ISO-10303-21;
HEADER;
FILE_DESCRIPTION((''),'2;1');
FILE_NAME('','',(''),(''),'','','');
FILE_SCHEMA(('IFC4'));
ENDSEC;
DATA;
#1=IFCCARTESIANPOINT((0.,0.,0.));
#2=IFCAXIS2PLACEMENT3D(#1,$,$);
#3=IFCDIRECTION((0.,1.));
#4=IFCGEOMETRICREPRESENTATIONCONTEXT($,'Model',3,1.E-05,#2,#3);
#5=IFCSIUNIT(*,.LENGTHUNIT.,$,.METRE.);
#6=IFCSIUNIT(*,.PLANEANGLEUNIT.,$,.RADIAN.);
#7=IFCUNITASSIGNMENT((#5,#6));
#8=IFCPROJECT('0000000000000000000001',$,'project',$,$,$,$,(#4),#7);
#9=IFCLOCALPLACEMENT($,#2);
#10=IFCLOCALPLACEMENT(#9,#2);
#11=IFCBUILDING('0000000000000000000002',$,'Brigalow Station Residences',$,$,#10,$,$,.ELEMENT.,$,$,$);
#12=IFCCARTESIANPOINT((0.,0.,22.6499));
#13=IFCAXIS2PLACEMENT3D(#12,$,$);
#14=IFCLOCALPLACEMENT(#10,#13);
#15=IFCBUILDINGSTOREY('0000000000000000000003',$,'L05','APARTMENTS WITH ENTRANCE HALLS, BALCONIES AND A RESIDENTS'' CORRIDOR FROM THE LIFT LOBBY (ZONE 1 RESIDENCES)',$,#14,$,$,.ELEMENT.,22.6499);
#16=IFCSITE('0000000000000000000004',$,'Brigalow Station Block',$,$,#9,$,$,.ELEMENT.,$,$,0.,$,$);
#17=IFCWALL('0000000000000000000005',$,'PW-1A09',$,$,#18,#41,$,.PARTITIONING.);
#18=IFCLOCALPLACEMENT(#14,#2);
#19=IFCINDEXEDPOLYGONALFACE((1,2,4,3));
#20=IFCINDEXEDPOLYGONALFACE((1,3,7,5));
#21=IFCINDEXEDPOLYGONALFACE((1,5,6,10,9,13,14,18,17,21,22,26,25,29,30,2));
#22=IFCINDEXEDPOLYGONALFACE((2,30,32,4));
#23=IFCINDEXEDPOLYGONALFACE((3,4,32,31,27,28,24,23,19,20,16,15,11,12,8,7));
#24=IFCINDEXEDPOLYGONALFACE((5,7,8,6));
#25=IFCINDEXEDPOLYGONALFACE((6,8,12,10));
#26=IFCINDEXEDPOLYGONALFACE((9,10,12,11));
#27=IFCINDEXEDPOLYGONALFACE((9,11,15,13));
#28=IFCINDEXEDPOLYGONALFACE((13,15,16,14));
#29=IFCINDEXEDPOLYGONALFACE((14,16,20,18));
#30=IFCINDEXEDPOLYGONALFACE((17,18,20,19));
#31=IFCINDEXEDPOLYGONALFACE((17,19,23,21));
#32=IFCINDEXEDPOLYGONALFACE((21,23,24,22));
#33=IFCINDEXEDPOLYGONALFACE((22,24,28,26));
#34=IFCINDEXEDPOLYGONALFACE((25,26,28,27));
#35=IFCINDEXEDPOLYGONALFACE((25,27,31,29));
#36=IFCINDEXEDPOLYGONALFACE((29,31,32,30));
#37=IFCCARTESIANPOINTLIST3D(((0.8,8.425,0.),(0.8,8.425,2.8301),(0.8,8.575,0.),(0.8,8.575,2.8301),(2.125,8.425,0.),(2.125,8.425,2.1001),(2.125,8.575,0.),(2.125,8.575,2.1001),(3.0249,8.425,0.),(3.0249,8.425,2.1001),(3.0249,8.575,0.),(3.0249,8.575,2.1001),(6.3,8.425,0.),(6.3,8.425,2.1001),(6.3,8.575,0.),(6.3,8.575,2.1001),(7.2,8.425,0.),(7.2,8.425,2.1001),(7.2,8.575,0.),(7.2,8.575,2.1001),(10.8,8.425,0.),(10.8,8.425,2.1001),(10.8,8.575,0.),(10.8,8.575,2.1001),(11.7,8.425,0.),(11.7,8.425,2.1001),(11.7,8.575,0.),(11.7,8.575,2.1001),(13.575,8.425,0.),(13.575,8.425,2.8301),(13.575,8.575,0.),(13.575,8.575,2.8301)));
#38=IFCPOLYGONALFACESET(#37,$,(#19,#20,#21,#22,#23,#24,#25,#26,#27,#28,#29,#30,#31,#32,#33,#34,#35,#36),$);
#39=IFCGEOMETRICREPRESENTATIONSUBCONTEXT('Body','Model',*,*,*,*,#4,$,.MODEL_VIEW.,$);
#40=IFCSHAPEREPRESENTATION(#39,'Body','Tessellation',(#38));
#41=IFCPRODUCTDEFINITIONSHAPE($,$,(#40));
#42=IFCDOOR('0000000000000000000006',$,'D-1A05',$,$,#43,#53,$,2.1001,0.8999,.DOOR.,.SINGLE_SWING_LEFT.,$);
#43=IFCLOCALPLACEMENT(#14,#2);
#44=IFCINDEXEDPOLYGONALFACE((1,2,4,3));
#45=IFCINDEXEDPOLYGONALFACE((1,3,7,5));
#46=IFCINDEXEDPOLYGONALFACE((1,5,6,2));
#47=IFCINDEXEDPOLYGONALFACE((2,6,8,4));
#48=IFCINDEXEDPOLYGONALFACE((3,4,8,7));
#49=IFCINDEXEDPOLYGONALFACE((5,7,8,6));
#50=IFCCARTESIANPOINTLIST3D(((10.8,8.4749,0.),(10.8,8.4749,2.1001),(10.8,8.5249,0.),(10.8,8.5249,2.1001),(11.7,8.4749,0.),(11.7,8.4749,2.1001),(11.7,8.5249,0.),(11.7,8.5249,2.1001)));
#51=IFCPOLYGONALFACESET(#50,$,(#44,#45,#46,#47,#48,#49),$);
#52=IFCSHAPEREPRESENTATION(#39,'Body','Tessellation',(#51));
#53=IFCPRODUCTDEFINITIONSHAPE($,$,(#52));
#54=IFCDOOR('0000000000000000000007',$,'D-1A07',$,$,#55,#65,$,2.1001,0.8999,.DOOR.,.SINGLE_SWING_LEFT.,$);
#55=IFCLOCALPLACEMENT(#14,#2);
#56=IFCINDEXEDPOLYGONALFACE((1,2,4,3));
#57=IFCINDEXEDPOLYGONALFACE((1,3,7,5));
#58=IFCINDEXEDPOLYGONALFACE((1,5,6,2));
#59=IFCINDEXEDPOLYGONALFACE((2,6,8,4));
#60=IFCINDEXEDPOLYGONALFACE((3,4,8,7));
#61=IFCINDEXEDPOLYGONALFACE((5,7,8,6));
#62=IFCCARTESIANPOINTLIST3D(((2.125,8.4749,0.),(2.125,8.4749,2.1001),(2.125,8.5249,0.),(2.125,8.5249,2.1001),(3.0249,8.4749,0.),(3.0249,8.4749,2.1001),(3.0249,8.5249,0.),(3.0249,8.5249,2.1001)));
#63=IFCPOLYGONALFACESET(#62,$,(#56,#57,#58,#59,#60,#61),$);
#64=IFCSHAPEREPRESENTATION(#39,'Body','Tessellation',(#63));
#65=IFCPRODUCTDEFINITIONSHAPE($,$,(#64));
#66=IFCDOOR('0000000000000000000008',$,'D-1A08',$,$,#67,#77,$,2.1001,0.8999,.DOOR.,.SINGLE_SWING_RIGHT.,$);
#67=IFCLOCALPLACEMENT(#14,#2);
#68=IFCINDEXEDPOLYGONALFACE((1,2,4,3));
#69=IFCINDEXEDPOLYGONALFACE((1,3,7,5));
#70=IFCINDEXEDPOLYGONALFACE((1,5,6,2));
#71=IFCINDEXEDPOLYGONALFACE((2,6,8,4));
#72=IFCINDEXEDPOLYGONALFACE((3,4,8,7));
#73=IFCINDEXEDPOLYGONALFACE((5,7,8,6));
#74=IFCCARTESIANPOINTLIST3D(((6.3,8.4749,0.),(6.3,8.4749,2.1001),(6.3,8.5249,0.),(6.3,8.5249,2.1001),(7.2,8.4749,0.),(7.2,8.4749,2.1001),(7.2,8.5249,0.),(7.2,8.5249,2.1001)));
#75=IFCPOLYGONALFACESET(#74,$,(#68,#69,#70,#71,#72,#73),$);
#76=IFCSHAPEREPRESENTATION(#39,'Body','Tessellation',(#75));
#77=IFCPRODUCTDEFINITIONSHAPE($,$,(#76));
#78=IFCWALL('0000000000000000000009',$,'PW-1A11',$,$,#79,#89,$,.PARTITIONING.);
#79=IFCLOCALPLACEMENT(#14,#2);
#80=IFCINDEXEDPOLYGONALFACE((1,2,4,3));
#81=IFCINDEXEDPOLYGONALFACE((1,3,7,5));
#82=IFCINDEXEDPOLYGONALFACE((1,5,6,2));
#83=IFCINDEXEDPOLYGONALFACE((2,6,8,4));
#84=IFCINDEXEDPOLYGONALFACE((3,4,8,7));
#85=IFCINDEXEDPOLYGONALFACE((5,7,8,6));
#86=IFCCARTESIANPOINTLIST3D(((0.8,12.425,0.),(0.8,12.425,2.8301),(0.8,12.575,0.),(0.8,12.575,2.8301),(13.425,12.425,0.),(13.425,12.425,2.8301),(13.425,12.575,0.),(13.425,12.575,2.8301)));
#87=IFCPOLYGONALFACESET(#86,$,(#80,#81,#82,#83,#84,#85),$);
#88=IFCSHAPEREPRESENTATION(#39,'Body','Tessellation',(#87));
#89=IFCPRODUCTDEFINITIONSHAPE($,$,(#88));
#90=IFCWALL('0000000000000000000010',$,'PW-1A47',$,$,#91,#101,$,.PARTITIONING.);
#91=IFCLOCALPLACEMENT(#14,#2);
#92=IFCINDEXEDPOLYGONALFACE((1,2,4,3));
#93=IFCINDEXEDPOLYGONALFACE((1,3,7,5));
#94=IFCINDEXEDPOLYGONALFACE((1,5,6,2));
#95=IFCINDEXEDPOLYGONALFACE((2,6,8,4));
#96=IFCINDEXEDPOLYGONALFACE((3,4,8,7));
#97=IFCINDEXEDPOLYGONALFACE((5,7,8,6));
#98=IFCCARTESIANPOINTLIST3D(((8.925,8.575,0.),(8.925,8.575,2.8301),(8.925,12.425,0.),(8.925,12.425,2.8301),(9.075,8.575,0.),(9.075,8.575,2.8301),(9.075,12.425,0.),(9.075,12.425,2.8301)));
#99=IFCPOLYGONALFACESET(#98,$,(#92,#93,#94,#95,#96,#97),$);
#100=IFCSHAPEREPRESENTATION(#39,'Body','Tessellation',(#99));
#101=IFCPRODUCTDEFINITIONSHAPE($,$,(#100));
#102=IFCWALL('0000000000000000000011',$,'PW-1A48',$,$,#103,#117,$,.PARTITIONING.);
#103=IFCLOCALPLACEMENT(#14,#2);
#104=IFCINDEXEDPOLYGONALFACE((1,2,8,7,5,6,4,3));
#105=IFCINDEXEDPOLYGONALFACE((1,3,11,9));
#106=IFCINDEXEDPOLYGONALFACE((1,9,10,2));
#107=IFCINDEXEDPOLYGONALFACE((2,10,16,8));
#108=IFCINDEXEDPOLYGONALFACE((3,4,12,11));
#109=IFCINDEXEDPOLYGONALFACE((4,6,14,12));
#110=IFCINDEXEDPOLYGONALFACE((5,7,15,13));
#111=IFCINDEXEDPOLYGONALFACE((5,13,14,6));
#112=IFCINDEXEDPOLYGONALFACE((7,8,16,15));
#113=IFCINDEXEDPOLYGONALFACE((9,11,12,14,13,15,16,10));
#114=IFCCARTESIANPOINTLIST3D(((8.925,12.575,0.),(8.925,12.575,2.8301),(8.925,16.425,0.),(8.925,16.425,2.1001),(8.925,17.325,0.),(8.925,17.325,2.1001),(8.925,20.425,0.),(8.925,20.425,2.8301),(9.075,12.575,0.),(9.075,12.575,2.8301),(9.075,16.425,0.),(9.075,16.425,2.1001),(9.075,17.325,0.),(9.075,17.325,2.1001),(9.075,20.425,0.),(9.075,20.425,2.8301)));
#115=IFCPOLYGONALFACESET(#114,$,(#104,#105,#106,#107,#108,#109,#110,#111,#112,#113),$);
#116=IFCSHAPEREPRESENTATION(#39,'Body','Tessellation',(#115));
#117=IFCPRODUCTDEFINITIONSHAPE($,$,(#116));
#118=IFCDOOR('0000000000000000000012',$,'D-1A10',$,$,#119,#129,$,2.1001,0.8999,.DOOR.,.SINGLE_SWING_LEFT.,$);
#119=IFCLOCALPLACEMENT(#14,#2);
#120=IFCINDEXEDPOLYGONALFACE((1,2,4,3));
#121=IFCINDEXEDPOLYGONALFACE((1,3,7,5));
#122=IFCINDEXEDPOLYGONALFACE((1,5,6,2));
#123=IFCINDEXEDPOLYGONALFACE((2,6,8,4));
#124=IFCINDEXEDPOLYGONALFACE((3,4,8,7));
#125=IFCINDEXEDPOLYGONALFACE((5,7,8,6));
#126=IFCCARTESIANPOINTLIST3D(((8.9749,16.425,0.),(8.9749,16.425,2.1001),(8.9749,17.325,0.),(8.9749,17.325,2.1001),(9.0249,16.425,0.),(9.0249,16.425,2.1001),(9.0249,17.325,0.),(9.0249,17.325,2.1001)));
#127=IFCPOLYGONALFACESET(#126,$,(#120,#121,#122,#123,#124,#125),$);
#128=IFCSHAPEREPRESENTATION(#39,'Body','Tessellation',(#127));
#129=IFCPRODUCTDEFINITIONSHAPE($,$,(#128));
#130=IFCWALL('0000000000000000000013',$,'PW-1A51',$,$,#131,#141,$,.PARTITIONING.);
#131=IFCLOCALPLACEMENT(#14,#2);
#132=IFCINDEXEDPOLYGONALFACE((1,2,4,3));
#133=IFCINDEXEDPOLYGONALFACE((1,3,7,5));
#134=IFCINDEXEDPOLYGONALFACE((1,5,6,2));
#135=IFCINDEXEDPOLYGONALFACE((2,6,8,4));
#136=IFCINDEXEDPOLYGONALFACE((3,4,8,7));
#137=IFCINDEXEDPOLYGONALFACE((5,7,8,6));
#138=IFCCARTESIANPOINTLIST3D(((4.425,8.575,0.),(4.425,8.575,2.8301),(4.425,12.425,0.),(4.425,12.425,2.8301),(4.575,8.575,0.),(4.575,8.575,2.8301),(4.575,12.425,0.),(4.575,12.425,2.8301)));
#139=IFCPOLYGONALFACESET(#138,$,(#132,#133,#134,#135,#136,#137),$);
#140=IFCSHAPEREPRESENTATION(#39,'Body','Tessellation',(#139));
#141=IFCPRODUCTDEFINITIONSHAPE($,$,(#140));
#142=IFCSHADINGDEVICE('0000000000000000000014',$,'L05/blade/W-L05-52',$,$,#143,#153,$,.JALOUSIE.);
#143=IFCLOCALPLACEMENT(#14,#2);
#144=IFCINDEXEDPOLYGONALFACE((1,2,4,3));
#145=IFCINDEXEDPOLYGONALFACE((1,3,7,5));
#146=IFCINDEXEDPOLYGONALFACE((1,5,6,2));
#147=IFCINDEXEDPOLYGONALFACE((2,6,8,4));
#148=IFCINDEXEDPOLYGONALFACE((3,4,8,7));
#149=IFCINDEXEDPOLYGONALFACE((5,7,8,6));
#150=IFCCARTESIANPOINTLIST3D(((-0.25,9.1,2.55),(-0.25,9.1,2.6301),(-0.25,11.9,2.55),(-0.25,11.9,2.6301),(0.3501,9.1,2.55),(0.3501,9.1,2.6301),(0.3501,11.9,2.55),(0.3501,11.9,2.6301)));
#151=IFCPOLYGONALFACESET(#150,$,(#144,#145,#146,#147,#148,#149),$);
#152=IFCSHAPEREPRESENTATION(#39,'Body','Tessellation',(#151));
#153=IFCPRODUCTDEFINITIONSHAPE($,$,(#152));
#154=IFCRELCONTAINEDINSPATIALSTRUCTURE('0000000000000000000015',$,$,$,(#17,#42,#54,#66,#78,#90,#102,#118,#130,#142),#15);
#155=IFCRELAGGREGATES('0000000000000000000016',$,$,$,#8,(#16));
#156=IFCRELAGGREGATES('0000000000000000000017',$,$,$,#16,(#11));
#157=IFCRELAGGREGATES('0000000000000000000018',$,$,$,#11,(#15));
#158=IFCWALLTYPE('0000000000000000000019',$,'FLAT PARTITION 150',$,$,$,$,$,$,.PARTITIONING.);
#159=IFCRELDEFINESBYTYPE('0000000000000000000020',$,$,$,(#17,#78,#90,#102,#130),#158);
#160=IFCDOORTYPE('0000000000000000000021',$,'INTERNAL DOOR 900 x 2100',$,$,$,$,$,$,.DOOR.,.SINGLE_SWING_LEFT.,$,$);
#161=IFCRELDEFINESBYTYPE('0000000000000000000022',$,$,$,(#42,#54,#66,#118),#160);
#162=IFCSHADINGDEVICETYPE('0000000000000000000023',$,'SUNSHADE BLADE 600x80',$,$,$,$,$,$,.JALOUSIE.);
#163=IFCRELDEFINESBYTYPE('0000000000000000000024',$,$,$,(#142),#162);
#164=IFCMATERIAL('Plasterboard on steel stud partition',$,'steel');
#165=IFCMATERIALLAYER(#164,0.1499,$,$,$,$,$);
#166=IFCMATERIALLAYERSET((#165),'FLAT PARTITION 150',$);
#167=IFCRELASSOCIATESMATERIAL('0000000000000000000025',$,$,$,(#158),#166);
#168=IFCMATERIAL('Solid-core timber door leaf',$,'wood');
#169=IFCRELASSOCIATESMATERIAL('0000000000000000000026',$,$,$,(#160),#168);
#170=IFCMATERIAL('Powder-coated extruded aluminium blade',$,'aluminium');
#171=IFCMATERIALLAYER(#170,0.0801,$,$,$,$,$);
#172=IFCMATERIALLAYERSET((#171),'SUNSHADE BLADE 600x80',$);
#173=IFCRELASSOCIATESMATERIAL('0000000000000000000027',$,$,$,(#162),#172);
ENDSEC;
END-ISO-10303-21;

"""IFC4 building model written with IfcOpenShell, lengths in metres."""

from ifc_helpers import new_model, si_unit, direction, frame, frame_2d, origin, origin_2d, place, context, subcontext, project, spatial, rectangle, extrude, material, layer, layer_set, type_object, element, fill, save


model = new_model("IFC4")

# Units and contexts
model_context = context("Model", 3, precision=1e-05, world=origin(), true_north=direction((0.0, 1.0)))
body_context = subcontext(model_context, "Body", "Model", "MODEL_VIEW")
ifc_project = project(units=[si_unit("LENGTHUNIT", "METRE"), si_unit("PLANEANGLEUNIT", "RADIAN")], contexts=[model_context])

# Site, building, storey
site_placement = place(None, origin())
site = spatial("IfcSite", under=ifc_project, at=site_placement, Name="Brigalow Station Block", CompositionType="ELEMENT", RefElevation=0.0)
building_placement = place(site_placement, origin())
building = spatial("IfcBuilding", under=site, at=building_placement, Name="Brigalow Station Residences", CompositionType="ELEMENT")
storey_placement = place(building_placement, frame((0.0, 0.0, 22.6499)))
storey = spatial("IfcBuildingStorey", under=building, at=storey_placement, Name="L05", Description="APARTMENTS WITH ENTRANCE HALLS, BALCONIES AND A RESIDENTS' CORRIDOR FROM THE LIFT LOBBY (ZONE 1 RESIDENCES)", CompositionType="ELEMENT", Elevation=22.6499)

# Wall, openings, doors
ifc_material_1 = material(Name="Plasterboard on steel stud partition", Category="steel")
ifc_layer_1 = layer(ifc_material_1, 0.1499)
ifc_layer_set_1 = layer_set([ifc_layer_1], Name="FLAT PARTITION 150")
wall_type_1 = type_object("IfcWallType", Name="FLAT PARTITION 150", PredefinedType="PARTITIONING", material=ifc_layer_set_1)
wall_1_placement = place(storey_placement, frame((0.8, 8.5, 0.0), z_axis=(0.0, 0.0, 1.0), x_axis=(1.0, 0.0, 0.0)))
wall_1 = element("IfcWall", 1, at=wall_1_placement, inside=storey, type_object=wall_type_1, Name="PW-1A09", PredefinedType="PARTITIONING", context=body_context, shape_type="SweptSolid", body=[
    extrude(rectangle(XDim=12.7749, YDim=0.1499, at=frame_2d((6.3875, 0.0))), origin(), (0.0, 0.0, 1.0), 2.8301),
])
opening_1_placement = place(wall_1_placement, frame((10.0, 0.0, 0.0)))
opening_1 = element("IfcOpeningElement", 2, at=opening_1_placement, cuts=wall_1, PredefinedType="OPENING", context=body_context, shape_type="SweptSolid", body=[
    extrude(rectangle(XDim=0.8999, YDim=2.1001, at=frame_2d((0.45, 1.05))), frame((0.0, 0.085, 0.0), z_axis=(0.0, -1.0, 0.0), x_axis=(1.0, 0.0, 0.0)), (0.0, 0.0, 1.0), 0.1699),
])
opening_2_placement = place(wall_1_placement, frame((1.325, 0.0, 0.0)))
opening_2 = element("IfcOpeningElement", 3, at=opening_2_placement, cuts=wall_1, PredefinedType="OPENING", context=body_context, shape_type="SweptSolid", body=[
    extrude(rectangle(XDim=0.8999, YDim=2.1001, at=frame_2d((0.45, 1.05))), frame((0.0, 0.085, 0.0), z_axis=(0.0, -1.0, 0.0), x_axis=(1.0, 0.0, 0.0)), (0.0, 0.0, 1.0), 0.1699),
])
opening_3_placement = place(wall_1_placement, frame((5.5, 0.0, 0.0)))
opening_3 = element("IfcOpeningElement", 4, at=opening_3_placement, cuts=wall_1, PredefinedType="OPENING", context=body_context, shape_type="SweptSolid", body=[
    extrude(rectangle(XDim=0.8999, YDim=2.1001, at=frame_2d((0.45, 1.05))), frame((0.0, 0.085, 0.0), z_axis=(0.0, -1.0, 0.0), x_axis=(1.0, 0.0, 0.0)), (0.0, 0.0, 1.0), 0.1699),
])
ifc_material_2 = material(Name="Solid-core timber door leaf", Category="wood")
door_type = type_object("IfcDoorType", Name="INTERNAL DOOR 900 x 2100", OperationType="SINGLE_SWING_LEFT", PredefinedType="DOOR", material=ifc_material_2)
door_1_placement = place(opening_1_placement, origin())
door_1 = element("IfcDoor", 5, at=door_1_placement, inside=storey, type_object=door_type, Name="D-1A05", OperationType="SINGLE_SWING_LEFT", OverallHeight=2.1001, OverallWidth=0.8999, PredefinedType="DOOR", context=body_context, shape_type="SweptSolid", body=[
    extrude(rectangle(XDim=0.8999, YDim=2.1001, at=frame_2d((0.45, 1.05))), frame((0.0, 0.0249, 0.0), z_axis=(0.0, -1.0, 0.0), x_axis=(1.0, 0.0, 0.0)), (0.0, 0.0, 1.0), 0.05),
])
fill(opening_1, door_1)
door_2_placement = place(opening_2_placement, origin())
door_2 = element("IfcDoor", 6, at=door_2_placement, inside=storey, type_object=door_type, Name="D-1A07", OperationType="SINGLE_SWING_LEFT", OverallHeight=2.1001, OverallWidth=0.8999, PredefinedType="DOOR", context=body_context, shape_type="SweptSolid", body=[
    extrude(rectangle(XDim=0.8999, YDim=2.1001, at=frame_2d((0.45, 1.05))), frame((0.0, 0.0249, 0.0), z_axis=(0.0, -1.0, 0.0), x_axis=(1.0, 0.0, 0.0)), (0.0, 0.0, 1.0), 0.05),
])
fill(opening_2, door_2)
door_3_placement = place(opening_3_placement, origin())
door_3 = element("IfcDoor", 7, at=door_3_placement, inside=storey, type_object=door_type, Name="D-1A08", OperationType="SINGLE_SWING_RIGHT", OverallHeight=2.1001, OverallWidth=0.8999, PredefinedType="DOOR", context=body_context, shape_type="SweptSolid", body=[
    extrude(rectangle(XDim=0.8999, YDim=2.1001, at=frame_2d((0.45, 1.05))), frame((0.0, 0.0249, 0.0), z_axis=(0.0, -1.0, 0.0), x_axis=(1.0, 0.0, 0.0)), (0.0, 0.0, 1.0), 0.05),
])
fill(opening_3, door_3)

# Walls
wall_2_placement = place(storey_placement, frame((0.8, 12.5, 0.0), z_axis=(0.0, 0.0, 1.0), x_axis=(1.0, 0.0, 0.0)))
element("IfcWall", 8, at=wall_2_placement, inside=storey, type_object=wall_type_1, Name="PW-1A11", PredefinedType="PARTITIONING", context=body_context, shape_type="SweptSolid", body=[
    extrude(rectangle(XDim=12.625, YDim=0.1499, at=frame_2d((6.3125, 0.0))), origin(), (0.0, 0.0, 1.0), 2.8301),
])
wall_3_placement = place(storey_placement, frame((9.0, 8.575, 0.0), z_axis=(0.0, 0.0, 1.0), x_axis=(0.0, 1.0, 0.0)))
element("IfcWall", 9, at=wall_3_placement, inside=storey, type_object=wall_type_1, Name="PW-1A47", PredefinedType="PARTITIONING", context=body_context, shape_type="SweptSolid", body=[
    extrude(rectangle(XDim=3.8501, YDim=0.1499, at=frame_2d((1.925, 0.0))), origin(), (0.0, 0.0, 1.0), 2.8301),
])

# Wall, opening, door
wall_4_placement = place(storey_placement, frame((9.0, 12.575, 0.0), z_axis=(0.0, 0.0, 1.0), x_axis=(0.0, 1.0, 0.0)))
wall_4 = element("IfcWall", 10, at=wall_4_placement, inside=storey, type_object=wall_type_1, Name="PW-1A48", PredefinedType="PARTITIONING", context=body_context, shape_type="SweptSolid", body=[
    extrude(rectangle(XDim=7.8501, YDim=0.1499, at=frame_2d((3.925, 0.0))), origin(), (0.0, 0.0, 1.0), 2.8301),
])
opening_4_placement = place(wall_4_placement, frame((3.8501, 0.0, 0.0)))
opening_4 = element("IfcOpeningElement", 11, at=opening_4_placement, cuts=wall_4, PredefinedType="OPENING", context=body_context, shape_type="SweptSolid", body=[
    extrude(rectangle(XDim=0.8999, YDim=2.1001, at=frame_2d((0.45, 1.05))), frame((0.0, 0.085, 0.0), z_axis=(0.0, -1.0, 0.0), x_axis=(1.0, 0.0, 0.0)), (0.0, 0.0, 1.0), 0.1699),
])
door_4_placement = place(opening_4_placement, frame((0.8999, 0.0, 0.0), z_axis=(0.0, 0.0, 1.0), x_axis=(-1.0, 0.0, 0.0)))
door_4 = element("IfcDoor", 12, at=door_4_placement, inside=storey, type_object=door_type, Name="D-1A10", OperationType="SINGLE_SWING_LEFT", OverallHeight=2.1001, OverallWidth=0.8999, PredefinedType="DOOR", context=body_context, shape_type="SweptSolid", body=[
    extrude(rectangle(XDim=0.8999, YDim=2.1001, at=frame_2d((0.45, 1.05))), frame((0.0, 0.0249, 0.0), z_axis=(0.0, -1.0, 0.0), x_axis=(1.0, 0.0, 0.0)), (0.0, 0.0, 1.0), 0.05),
])
fill(opening_4, door_4)

# Wall
wall_5_placement = place(storey_placement, frame((4.5, 8.575, 0.0), z_axis=(0.0, 0.0, 1.0), x_axis=(0.0, 1.0, 0.0)))
element("IfcWall", 13, at=wall_5_placement, inside=storey, type_object=wall_type_1, Name="PW-1A51", PredefinedType="PARTITIONING", context=body_context, shape_type="SweptSolid", body=[
    extrude(rectangle(XDim=3.8501, YDim=0.1499, at=frame_2d((1.925, 0.0))), origin(), (0.0, 0.0, 1.0), 2.8301),
])

# Shading device
ifc_material_3 = material(Name="Powder-coated extruded aluminium blade", Category="aluminium")
ifc_layer_2 = layer(ifc_material_3, 0.0801)
ifc_layer_set_2 = layer_set([ifc_layer_2], Name="SUNSHADE BLADE 600x80")
shading_device_type = type_object("IfcShadingDeviceType", Name="SUNSHADE BLADE 600x80", PredefinedType="JALOUSIE", material=ifc_layer_set_2)
shading_device_placement = place(storey_placement, frame((0.05, 10.5, 2.55), z_axis=(0.0, 0.0, 1.0), x_axis=(0.0, -1.0, 0.0)))
element("IfcShadingDevice", 14, at=shading_device_placement, inside=storey, type_object=shading_device_type, Name="L05/blade/W-L05-52", PredefinedType="JALOUSIE", context=body_context, shape_type="SweptSolid", body=[
    extrude(rectangle(XDim=2.8, YDim=0.6001, at=origin_2d()), origin(), (0.0, 0.0, 1.0), 0.0801),
])

save(model, "model.ifc")
